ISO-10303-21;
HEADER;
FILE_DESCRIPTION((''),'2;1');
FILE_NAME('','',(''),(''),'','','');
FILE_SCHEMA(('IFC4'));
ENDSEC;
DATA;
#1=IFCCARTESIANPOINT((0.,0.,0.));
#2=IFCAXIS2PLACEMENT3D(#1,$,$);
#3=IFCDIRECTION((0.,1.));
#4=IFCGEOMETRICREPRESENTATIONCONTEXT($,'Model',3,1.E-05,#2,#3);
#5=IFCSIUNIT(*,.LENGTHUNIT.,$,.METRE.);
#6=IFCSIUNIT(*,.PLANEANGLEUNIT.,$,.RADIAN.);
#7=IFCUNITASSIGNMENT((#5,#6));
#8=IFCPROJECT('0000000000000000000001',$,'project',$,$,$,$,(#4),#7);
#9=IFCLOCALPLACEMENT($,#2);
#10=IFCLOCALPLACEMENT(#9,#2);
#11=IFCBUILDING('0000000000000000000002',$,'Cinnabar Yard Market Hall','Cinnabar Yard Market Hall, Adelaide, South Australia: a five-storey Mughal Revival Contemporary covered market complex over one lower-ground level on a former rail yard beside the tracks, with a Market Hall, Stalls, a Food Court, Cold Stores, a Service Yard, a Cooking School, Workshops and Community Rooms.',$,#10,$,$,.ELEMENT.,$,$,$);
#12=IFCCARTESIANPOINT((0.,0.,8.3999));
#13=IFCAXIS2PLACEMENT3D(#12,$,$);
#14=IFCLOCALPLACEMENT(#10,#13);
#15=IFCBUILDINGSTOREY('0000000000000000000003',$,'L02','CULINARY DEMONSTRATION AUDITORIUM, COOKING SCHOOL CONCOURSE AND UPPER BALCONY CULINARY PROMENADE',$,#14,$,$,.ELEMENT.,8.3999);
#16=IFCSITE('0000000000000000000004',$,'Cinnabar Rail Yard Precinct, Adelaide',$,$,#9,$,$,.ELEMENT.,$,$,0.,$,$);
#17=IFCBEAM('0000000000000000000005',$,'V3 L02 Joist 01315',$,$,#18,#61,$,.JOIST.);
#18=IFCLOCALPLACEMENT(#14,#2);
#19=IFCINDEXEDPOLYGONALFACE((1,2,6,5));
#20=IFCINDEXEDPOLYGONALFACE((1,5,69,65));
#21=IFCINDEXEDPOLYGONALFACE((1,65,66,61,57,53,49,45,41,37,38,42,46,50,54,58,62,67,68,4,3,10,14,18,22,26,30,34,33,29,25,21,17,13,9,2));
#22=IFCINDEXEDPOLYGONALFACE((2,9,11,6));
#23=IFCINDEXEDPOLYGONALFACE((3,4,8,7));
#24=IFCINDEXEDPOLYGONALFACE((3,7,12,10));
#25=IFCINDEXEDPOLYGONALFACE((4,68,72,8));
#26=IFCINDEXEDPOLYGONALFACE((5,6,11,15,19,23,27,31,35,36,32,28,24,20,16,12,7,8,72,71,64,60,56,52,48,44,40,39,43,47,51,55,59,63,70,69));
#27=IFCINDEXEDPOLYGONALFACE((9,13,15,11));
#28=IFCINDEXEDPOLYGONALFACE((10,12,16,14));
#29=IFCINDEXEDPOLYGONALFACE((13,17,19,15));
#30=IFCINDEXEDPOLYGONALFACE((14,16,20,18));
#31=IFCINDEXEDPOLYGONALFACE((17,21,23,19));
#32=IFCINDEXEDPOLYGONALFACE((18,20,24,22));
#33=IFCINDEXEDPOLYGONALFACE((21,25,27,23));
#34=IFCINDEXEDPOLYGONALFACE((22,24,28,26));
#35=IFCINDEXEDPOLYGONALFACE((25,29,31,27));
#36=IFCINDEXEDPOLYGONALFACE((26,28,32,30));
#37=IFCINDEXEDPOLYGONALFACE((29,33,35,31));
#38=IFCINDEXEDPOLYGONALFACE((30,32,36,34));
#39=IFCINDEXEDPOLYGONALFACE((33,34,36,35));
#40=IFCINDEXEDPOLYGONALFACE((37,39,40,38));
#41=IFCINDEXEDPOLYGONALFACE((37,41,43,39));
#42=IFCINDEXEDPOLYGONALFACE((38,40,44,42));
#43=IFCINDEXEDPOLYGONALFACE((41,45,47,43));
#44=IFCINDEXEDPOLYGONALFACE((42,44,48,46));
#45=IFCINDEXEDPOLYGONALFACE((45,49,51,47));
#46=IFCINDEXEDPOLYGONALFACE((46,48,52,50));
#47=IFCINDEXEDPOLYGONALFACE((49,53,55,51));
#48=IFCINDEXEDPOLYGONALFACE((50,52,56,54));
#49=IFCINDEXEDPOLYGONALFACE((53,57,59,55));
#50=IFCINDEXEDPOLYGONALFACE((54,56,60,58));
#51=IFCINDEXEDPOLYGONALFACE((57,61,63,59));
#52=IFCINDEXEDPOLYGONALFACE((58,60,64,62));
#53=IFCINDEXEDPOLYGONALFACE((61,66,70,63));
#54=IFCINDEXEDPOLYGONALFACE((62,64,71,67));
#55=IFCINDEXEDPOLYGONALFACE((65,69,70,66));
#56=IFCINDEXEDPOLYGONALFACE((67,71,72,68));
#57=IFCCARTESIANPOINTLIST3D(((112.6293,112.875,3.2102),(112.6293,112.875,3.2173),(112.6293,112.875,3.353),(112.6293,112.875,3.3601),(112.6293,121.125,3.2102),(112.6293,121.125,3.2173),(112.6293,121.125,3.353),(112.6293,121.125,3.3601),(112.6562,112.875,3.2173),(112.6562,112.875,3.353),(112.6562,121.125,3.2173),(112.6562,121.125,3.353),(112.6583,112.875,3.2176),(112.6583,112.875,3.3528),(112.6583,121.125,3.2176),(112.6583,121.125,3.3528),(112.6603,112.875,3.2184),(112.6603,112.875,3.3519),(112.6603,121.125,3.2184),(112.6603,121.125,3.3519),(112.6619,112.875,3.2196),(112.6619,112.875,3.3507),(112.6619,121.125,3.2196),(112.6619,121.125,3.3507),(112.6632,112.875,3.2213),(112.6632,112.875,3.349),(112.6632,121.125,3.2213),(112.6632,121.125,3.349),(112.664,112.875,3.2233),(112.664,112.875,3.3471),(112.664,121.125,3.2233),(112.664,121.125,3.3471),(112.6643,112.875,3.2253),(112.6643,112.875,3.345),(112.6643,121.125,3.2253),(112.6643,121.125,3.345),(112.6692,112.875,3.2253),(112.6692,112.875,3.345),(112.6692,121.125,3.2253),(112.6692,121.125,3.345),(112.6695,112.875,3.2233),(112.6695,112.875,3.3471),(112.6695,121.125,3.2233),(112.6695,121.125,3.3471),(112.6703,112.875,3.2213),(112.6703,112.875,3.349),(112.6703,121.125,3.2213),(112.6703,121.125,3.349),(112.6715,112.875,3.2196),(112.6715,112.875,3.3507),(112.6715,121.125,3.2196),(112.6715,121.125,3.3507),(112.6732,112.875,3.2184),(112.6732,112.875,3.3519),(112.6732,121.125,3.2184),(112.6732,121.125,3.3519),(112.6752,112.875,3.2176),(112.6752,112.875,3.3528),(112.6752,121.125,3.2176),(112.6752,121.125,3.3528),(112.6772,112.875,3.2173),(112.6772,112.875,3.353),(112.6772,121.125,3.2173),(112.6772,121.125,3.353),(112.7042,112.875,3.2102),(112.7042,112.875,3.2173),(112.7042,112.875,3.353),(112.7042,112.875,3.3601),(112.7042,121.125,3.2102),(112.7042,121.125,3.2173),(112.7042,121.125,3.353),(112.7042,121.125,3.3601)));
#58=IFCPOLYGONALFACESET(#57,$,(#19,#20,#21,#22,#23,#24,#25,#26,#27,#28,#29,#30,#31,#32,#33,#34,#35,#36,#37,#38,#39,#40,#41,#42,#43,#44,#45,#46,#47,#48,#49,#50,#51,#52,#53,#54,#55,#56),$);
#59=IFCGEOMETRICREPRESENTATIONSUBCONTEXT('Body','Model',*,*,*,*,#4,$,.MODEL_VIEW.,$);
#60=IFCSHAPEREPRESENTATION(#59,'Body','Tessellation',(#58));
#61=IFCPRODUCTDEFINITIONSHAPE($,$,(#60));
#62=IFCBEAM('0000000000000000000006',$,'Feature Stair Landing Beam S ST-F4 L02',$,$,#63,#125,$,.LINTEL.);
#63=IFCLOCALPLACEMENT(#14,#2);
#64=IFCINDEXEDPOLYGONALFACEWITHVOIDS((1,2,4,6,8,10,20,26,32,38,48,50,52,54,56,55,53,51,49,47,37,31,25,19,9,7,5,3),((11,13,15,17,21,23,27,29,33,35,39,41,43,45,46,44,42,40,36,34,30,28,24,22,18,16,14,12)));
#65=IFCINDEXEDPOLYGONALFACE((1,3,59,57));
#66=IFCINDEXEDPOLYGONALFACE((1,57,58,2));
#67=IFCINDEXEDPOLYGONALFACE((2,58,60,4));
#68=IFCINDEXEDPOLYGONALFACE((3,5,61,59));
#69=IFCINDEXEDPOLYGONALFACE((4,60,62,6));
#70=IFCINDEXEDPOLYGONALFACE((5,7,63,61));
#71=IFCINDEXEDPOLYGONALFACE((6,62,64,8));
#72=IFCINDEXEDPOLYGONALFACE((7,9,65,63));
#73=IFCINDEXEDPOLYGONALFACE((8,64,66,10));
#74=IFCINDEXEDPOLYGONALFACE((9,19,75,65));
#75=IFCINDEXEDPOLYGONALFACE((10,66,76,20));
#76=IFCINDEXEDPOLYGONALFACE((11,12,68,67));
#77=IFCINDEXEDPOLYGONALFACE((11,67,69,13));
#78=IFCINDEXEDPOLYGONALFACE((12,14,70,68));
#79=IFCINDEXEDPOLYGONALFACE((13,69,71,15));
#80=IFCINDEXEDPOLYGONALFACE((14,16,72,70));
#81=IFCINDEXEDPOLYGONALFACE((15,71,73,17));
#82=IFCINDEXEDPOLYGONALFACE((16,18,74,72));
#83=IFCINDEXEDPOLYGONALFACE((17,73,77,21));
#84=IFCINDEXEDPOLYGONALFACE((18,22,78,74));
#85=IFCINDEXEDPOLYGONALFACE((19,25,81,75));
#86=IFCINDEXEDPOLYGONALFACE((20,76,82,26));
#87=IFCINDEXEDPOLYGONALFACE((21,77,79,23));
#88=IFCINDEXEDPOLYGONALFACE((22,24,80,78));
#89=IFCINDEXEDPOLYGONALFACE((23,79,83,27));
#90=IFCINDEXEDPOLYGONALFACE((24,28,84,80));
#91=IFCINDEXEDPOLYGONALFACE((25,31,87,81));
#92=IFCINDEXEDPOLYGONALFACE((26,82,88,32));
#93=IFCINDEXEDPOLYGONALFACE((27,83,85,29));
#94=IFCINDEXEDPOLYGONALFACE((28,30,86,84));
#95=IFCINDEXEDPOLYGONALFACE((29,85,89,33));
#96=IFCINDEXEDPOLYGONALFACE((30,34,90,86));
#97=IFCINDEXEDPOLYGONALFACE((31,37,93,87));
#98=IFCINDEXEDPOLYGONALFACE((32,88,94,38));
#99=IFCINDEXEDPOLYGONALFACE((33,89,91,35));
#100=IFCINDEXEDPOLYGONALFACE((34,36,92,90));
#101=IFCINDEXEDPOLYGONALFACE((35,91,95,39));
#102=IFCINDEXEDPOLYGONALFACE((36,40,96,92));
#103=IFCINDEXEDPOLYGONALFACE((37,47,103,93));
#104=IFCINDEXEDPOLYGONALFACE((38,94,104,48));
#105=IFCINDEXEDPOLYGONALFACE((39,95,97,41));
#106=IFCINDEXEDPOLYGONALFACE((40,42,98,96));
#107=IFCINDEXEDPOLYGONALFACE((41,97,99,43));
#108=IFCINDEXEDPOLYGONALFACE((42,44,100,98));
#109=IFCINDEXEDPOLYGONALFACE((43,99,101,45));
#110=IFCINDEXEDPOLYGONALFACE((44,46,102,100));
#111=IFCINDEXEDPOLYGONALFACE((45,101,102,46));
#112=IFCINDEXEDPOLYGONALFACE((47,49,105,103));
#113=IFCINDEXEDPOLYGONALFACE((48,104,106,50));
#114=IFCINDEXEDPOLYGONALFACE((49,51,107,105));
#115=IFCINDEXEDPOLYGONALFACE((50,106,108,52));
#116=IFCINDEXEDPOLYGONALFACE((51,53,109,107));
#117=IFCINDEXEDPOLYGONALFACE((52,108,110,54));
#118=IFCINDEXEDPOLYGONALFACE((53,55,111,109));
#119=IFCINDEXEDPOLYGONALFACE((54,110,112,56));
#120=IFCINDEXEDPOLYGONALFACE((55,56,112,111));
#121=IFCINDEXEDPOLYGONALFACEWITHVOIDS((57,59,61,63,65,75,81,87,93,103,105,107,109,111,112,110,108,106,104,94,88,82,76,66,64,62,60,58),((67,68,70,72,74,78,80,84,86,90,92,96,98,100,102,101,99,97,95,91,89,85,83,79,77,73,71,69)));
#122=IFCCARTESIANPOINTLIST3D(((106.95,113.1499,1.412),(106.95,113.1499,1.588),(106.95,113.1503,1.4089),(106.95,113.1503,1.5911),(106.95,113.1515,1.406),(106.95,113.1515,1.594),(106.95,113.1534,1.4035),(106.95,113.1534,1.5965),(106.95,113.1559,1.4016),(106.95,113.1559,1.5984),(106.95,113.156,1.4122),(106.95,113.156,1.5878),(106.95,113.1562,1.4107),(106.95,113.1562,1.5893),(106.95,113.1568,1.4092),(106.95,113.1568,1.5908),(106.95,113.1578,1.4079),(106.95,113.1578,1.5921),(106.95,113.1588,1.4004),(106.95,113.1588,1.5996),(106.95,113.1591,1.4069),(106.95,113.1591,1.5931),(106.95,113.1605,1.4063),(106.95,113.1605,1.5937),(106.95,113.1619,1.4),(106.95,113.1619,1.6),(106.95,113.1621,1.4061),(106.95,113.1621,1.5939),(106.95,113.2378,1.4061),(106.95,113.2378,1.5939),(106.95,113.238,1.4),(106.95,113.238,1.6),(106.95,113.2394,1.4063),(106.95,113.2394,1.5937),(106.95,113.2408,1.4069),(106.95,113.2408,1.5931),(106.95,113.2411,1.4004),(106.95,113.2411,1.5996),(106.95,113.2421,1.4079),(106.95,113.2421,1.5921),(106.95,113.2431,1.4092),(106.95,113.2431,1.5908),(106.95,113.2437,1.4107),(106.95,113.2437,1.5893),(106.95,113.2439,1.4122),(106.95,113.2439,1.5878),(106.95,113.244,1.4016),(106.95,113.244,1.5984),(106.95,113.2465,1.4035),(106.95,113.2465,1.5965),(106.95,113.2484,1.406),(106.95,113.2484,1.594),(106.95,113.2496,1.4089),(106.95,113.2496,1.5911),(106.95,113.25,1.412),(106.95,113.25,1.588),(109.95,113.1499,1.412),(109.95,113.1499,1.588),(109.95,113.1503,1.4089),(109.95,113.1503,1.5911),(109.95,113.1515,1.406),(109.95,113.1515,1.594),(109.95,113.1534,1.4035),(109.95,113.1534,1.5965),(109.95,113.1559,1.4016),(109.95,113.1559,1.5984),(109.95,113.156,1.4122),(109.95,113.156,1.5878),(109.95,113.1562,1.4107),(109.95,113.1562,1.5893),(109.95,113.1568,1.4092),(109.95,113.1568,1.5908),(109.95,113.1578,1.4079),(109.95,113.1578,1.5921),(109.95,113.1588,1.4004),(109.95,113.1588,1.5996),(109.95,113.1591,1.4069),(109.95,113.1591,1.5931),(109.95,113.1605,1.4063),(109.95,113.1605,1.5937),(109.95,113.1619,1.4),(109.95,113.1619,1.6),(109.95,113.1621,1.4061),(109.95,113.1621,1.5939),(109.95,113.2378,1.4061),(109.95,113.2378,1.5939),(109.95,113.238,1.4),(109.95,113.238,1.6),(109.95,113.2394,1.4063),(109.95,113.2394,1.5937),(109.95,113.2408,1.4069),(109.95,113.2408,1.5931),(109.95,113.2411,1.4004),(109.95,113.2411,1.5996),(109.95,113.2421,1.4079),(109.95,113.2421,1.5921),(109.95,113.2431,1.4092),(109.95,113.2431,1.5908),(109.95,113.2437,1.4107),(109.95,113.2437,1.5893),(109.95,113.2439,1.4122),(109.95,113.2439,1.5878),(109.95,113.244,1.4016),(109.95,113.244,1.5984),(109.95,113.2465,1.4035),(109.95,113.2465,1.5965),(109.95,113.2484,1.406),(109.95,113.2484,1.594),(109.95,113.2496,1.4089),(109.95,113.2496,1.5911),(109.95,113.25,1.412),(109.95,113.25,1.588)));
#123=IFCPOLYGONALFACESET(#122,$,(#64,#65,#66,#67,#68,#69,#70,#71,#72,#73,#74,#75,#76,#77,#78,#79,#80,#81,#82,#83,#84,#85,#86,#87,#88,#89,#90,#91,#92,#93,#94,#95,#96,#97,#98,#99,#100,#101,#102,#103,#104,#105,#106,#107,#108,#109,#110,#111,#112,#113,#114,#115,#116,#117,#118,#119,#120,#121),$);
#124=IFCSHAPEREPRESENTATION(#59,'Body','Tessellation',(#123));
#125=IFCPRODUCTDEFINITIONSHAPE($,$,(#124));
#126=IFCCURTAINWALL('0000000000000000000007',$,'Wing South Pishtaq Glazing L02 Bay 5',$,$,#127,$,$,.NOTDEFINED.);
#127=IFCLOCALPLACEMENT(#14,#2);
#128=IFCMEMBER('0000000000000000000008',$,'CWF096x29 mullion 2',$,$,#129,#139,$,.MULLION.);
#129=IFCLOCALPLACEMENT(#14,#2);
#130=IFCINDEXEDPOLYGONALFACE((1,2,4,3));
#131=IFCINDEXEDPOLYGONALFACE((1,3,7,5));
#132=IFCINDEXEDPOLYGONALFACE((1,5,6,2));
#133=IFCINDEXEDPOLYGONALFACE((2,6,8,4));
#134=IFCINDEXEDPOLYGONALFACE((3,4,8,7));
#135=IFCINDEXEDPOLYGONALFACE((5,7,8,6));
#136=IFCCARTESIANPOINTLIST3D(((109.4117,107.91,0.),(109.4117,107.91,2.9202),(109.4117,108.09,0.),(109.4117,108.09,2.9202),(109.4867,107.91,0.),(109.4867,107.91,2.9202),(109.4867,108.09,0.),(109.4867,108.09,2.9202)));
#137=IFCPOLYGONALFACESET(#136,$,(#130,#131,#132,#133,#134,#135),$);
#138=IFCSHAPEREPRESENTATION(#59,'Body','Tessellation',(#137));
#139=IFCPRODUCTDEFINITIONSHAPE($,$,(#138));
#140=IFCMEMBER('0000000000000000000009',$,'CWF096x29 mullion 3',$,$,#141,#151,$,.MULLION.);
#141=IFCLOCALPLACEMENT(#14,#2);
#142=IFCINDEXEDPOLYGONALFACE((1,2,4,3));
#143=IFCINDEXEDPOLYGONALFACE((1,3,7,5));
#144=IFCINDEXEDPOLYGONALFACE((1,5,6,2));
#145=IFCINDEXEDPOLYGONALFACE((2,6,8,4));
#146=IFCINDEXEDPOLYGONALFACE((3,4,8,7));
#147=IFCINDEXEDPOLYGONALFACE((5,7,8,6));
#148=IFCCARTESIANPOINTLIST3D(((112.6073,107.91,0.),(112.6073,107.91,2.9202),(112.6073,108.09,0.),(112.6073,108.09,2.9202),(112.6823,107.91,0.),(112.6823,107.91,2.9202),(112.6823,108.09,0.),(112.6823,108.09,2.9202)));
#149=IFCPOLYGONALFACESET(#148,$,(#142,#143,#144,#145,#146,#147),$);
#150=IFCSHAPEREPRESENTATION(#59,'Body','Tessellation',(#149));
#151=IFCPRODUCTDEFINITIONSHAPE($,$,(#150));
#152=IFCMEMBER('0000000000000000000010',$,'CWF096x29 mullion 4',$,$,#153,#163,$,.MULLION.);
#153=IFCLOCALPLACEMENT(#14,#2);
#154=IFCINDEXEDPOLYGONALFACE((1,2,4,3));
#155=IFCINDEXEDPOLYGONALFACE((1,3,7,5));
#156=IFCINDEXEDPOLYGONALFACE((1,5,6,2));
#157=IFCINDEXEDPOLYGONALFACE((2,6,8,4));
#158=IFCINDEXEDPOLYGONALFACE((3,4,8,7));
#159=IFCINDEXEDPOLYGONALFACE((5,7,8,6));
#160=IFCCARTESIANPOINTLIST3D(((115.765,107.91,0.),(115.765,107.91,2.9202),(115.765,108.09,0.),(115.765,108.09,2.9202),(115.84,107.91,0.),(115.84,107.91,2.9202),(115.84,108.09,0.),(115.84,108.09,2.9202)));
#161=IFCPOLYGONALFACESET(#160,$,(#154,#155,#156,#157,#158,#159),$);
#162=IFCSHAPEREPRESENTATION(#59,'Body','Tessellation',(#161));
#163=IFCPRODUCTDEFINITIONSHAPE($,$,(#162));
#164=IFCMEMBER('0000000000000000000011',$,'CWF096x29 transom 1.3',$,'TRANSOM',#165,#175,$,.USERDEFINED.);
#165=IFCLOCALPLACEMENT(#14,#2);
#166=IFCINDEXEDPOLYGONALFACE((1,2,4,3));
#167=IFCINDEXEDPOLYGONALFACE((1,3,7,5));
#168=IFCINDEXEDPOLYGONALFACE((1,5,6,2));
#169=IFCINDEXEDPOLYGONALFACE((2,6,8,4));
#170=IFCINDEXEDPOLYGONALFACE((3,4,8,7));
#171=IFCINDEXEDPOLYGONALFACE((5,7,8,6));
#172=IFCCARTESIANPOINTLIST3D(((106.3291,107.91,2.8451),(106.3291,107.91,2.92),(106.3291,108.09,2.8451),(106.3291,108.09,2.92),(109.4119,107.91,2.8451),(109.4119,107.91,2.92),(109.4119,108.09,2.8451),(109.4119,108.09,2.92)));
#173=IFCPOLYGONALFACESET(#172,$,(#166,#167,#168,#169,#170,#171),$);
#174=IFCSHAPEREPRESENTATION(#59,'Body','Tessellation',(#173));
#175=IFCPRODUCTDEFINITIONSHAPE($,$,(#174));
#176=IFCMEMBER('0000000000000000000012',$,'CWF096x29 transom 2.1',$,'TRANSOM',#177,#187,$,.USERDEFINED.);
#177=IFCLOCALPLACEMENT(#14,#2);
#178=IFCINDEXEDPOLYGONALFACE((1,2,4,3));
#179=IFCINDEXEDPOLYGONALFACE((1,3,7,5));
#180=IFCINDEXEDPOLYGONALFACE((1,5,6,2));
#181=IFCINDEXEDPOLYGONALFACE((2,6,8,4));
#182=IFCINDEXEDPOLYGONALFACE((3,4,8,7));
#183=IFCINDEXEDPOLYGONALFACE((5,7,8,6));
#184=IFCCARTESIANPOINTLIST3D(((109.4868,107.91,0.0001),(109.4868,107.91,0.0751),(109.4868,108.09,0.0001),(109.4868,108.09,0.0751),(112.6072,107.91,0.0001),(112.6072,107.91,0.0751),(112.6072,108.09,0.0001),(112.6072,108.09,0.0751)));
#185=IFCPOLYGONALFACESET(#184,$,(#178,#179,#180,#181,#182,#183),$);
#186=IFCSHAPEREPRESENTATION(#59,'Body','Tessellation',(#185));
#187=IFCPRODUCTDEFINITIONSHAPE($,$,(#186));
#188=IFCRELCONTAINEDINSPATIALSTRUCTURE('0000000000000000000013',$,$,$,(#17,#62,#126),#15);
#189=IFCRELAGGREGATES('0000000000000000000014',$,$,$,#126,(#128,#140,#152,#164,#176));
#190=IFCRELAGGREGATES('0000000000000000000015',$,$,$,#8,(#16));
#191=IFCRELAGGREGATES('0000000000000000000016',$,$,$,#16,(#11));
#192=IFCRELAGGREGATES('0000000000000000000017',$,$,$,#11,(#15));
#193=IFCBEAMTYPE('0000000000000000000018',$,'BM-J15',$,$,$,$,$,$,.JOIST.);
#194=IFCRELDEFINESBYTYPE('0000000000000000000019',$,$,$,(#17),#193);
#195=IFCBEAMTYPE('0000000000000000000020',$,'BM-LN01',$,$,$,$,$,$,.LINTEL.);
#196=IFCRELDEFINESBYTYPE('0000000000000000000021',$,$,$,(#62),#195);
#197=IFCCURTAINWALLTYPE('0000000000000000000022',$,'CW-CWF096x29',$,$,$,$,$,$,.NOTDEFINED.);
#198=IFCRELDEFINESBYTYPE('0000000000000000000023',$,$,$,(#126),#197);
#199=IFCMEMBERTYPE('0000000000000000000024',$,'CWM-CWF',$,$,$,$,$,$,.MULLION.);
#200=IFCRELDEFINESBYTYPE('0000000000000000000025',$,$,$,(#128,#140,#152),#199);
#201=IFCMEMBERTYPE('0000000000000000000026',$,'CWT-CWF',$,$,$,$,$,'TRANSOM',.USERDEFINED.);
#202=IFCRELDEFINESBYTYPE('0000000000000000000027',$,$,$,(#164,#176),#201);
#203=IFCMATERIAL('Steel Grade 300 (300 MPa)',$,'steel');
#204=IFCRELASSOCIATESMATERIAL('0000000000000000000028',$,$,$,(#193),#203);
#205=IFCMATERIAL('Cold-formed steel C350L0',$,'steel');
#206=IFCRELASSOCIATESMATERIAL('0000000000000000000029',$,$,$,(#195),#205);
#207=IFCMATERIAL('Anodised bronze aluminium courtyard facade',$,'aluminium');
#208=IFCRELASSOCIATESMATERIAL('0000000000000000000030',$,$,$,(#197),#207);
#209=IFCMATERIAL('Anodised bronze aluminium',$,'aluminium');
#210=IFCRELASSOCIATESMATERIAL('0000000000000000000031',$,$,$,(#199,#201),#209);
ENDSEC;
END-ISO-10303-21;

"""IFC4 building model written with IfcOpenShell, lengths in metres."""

from ifc_helpers import new_model, si_unit, direction, frame, origin, origin_2d_with_axis, place, context, subcontext, project, spatial, rectangle, hollow_rectangle, i_section, extrude, material, material_profile, profile_set, type_object, element, aggregate, save


model = new_model("IFC4")

# Units and contexts
model_context = context("Model", 3, precision=1e-05, world=origin(), true_north=direction((0.0, 1.0)))
body_context = subcontext(model_context, "Body", "Model", "MODEL_VIEW")
ifc_project = project(units=[si_unit("LENGTHUNIT", "METRE"), si_unit("PLANEANGLEUNIT", "RADIAN")], contexts=[model_context])

# Site, building, storey
site_placement = place(None, origin())
site = spatial("IfcSite", under=ifc_project, at=site_placement, Name="Cinnabar Rail Yard Precinct, Adelaide", CompositionType="ELEMENT", RefElevation=0.0)
building_placement = place(site_placement, origin())
building = spatial("IfcBuilding", under=site, at=building_placement, Name="Cinnabar Yard Market Hall", Description="Cinnabar Yard Market Hall, Adelaide, South Australia: a five-storey Mughal Revival Contemporary covered market complex over one lower-ground level on a former rail yard beside the tracks, with a Market Hall, Stalls, a Food Court, Cold Stores, a Service Yard, a Cooking School, Workshops and Community Rooms.", CompositionType="ELEMENT")
storey_placement = place(building_placement, frame((0.0, 0.0, 8.3999)))
storey = spatial("IfcBuildingStorey", under=building, at=storey_placement, Name="L02", Description="CULINARY DEMONSTRATION AUDITORIUM, COOKING SCHOOL CONCOURSE AND UPPER BALCONY CULINARY PROMENADE", CompositionType="ELEMENT", Elevation=8.3999)

# Shared definitions
ifc_material_1 = material(Name="Steel Grade 300 (300 MPa)", Category="steel")
ifc_material_2 = material(Name="Cold-formed steel C350L0", Category="steel")

# Beams
ifc_material_profile_1 = material_profile(ifc_material_1, i_section(OverallWidth=0.075, OverallDepth=0.1499, WebThickness=0.0049, FlangeThickness=0.0071, FilletRadius=0.0081, at=origin_2d_with_axis()), Name="150UB14.0")
ifc_profile_set_1 = profile_set([ifc_material_profile_1], Name="Steel Grade 300 (300 MPa)")
beam_type_1 = type_object("IfcBeamType", Name="BM-J15", PredefinedType="JOIST", material=ifc_profile_set_1)
beam_1_placement = place(storey_placement, frame((112.6667, 112.875, 3.2852), z_axis=(0.0, 1.0, 0.0), x_axis=(-1.0, 0.0, 0.0)))
element("IfcBeam", 1, at=beam_1_placement, inside=storey, type_object=beam_type_1, Name="V3 L02 Joist 01315", PredefinedType="JOIST", context=body_context, shape_type="SweptSolid", body=[
    extrude(i_section(OverallWidth=0.075, OverallDepth=0.1499, WebThickness=0.0049, FlangeThickness=0.0071, FilletRadius=0.0081, at=origin_2d_with_axis()), origin(), (0.0, 0.0, 1.0), 8.25),
])
ifc_material_profile_2 = material_profile(ifc_material_2, hollow_rectangle(XDim=0.1001, YDim=0.2, WallThickness=0.0061, InnerFilletRadius=0.0061, OuterFilletRadius=0.012, at=origin_2d_with_axis()), Name="200x100x6.0RHS")
ifc_profile_set_2 = profile_set([ifc_material_profile_2], Name="Cold-formed steel C350L0")
beam_type_2 = type_object("IfcBeamType", Name="BM-LN01", PredefinedType="LINTEL", material=ifc_profile_set_2)
beam_2_placement = place(storey_placement, frame((106.95, 113.2, 1.5), z_axis=(1.0, 0.0, 0.0), x_axis=(0.0, 1.0, 0.0)))
element("IfcBeam", 2, at=beam_2_placement, inside=storey, type_object=beam_type_2, Name="Feature Stair Landing Beam S ST-F4 L02", PredefinedType="LINTEL", context=body_context, shape_type="SweptSolid", body=[
    extrude(hollow_rectangle(XDim=0.1001, YDim=0.2, WallThickness=0.0061, InnerFilletRadius=0.0061, OuterFilletRadius=0.012, at=origin_2d_with_axis()), origin(), (0.0, 0.0, 1.0), 3.0),
])

# Curtain wall, members
ifc_material_3 = material(Name="Anodised bronze aluminium courtyard facade", Category="aluminium")
curtain_wall_type = type_object("IfcCurtainWallType", Name="CW-CWF096x29", PredefinedType="NOTDEFINED", material=ifc_material_3)
curtain_wall_placement = place(storey_placement, origin())
curtain_wall = element("IfcCurtainWall", 3, at=curtain_wall_placement, inside=storey, type_object=curtain_wall_type, Name="Wing South Pishtaq Glazing L02 Bay 5", PredefinedType="NOTDEFINED")
ifc_material_4 = material(Name="Anodised bronze aluminium", Category="aluminium")
ifc_material_profile_3 = material_profile(ifc_material_4, rectangle(XDim=0.1799, YDim=0.075, at=origin_2d_with_axis()), Name="MUL-CWF")
ifc_profile_set_3 = profile_set([ifc_material_profile_3], Name="Anodised bronze aluminium")
member_type_1 = type_object("IfcMemberType", Name="CWM-CWF", PredefinedType="MULLION", material=ifc_profile_set_3)
member_1_placement = place(storey_placement, frame((109.4492, 108.0, 0.0), z_axis=(0.0, 0.0, 1.0), x_axis=(0.0, 1.0, 0.0)))
member_1 = element("IfcMember", 4, at=member_1_placement, type_object=member_type_1, Name="CWF096x29 mullion 2", PredefinedType="MULLION", context=body_context, shape_type="SweptSolid", body=[
    extrude(rectangle(XDim=0.1799, YDim=0.075, at=origin_2d_with_axis()), origin(), (0.0, 0.0, 1.0), 2.9202),
])
member_2_placement = place(storey_placement, frame((112.6448, 108.0, 0.0), z_axis=(0.0, 0.0, 1.0), x_axis=(0.0, 1.0, 0.0)))
member_2 = element("IfcMember", 5, at=member_2_placement, type_object=member_type_1, Name="CWF096x29 mullion 3", PredefinedType="MULLION", context=body_context, shape_type="SweptSolid", body=[
    extrude(rectangle(XDim=0.1799, YDim=0.075, at=origin_2d_with_axis()), origin(), (0.0, 0.0, 1.0), 2.9202),
])
member_3_placement = place(storey_placement, frame((115.8025, 108.0, 0.0), z_axis=(0.0, 0.0, 1.0), x_axis=(0.0, 1.0, 0.0)))
member_3 = element("IfcMember", 6, at=member_3_placement, type_object=member_type_1, Name="CWF096x29 mullion 4", PredefinedType="MULLION", context=body_context, shape_type="SweptSolid", body=[
    extrude(rectangle(XDim=0.1799, YDim=0.075, at=origin_2d_with_axis()), origin(), (0.0, 0.0, 1.0), 2.9202),
])
ifc_material_profile_4 = material_profile(ifc_material_4, rectangle(XDim=0.1799, YDim=0.075, at=origin_2d_with_axis()), Name="TRN-CWF")
ifc_profile_set_4 = profile_set([ifc_material_profile_4], Name="Anodised bronze aluminium")
member_type_2 = type_object("IfcMemberType", Name="CWT-CWF", ElementType="TRANSOM", PredefinedType="USERDEFINED", material=ifc_profile_set_4)
member_4_placement = place(storey_placement, frame((106.3291, 108.0, 2.8826), z_axis=(1.0, 0.0, 0.0), x_axis=(0.0, 1.0, 0.0)))
member_4 = element("IfcMember", 7, at=member_4_placement, type_object=member_type_2, Name="CWF096x29 transom 1.3", ObjectType="TRANSOM", PredefinedType="USERDEFINED", context=body_context, shape_type="SweptSolid", body=[
    extrude(rectangle(XDim=0.1799, YDim=0.075, at=origin_2d_with_axis()), origin(), (0.0, 0.0, 1.0), 3.0828),
])
member_5_placement = place(storey_placement, frame((109.4868, 108.0, 0.0376), z_axis=(1.0, 0.0, 0.0), x_axis=(0.0, 1.0, 0.0)))
member_5 = element("IfcMember", 8, at=member_5_placement, type_object=member_type_2, Name="CWF096x29 transom 2.1", ObjectType="TRANSOM", PredefinedType="USERDEFINED", context=body_context, shape_type="SweptSolid", body=[
    extrude(rectangle(XDim=0.1799, YDim=0.075, at=origin_2d_with_axis()), origin(), (0.0, 0.0, 1.0), 3.1204),
])
aggregate(curtain_wall, [member_1, member_2, member_3, member_4, member_5])

save(model, "model.ifc")
